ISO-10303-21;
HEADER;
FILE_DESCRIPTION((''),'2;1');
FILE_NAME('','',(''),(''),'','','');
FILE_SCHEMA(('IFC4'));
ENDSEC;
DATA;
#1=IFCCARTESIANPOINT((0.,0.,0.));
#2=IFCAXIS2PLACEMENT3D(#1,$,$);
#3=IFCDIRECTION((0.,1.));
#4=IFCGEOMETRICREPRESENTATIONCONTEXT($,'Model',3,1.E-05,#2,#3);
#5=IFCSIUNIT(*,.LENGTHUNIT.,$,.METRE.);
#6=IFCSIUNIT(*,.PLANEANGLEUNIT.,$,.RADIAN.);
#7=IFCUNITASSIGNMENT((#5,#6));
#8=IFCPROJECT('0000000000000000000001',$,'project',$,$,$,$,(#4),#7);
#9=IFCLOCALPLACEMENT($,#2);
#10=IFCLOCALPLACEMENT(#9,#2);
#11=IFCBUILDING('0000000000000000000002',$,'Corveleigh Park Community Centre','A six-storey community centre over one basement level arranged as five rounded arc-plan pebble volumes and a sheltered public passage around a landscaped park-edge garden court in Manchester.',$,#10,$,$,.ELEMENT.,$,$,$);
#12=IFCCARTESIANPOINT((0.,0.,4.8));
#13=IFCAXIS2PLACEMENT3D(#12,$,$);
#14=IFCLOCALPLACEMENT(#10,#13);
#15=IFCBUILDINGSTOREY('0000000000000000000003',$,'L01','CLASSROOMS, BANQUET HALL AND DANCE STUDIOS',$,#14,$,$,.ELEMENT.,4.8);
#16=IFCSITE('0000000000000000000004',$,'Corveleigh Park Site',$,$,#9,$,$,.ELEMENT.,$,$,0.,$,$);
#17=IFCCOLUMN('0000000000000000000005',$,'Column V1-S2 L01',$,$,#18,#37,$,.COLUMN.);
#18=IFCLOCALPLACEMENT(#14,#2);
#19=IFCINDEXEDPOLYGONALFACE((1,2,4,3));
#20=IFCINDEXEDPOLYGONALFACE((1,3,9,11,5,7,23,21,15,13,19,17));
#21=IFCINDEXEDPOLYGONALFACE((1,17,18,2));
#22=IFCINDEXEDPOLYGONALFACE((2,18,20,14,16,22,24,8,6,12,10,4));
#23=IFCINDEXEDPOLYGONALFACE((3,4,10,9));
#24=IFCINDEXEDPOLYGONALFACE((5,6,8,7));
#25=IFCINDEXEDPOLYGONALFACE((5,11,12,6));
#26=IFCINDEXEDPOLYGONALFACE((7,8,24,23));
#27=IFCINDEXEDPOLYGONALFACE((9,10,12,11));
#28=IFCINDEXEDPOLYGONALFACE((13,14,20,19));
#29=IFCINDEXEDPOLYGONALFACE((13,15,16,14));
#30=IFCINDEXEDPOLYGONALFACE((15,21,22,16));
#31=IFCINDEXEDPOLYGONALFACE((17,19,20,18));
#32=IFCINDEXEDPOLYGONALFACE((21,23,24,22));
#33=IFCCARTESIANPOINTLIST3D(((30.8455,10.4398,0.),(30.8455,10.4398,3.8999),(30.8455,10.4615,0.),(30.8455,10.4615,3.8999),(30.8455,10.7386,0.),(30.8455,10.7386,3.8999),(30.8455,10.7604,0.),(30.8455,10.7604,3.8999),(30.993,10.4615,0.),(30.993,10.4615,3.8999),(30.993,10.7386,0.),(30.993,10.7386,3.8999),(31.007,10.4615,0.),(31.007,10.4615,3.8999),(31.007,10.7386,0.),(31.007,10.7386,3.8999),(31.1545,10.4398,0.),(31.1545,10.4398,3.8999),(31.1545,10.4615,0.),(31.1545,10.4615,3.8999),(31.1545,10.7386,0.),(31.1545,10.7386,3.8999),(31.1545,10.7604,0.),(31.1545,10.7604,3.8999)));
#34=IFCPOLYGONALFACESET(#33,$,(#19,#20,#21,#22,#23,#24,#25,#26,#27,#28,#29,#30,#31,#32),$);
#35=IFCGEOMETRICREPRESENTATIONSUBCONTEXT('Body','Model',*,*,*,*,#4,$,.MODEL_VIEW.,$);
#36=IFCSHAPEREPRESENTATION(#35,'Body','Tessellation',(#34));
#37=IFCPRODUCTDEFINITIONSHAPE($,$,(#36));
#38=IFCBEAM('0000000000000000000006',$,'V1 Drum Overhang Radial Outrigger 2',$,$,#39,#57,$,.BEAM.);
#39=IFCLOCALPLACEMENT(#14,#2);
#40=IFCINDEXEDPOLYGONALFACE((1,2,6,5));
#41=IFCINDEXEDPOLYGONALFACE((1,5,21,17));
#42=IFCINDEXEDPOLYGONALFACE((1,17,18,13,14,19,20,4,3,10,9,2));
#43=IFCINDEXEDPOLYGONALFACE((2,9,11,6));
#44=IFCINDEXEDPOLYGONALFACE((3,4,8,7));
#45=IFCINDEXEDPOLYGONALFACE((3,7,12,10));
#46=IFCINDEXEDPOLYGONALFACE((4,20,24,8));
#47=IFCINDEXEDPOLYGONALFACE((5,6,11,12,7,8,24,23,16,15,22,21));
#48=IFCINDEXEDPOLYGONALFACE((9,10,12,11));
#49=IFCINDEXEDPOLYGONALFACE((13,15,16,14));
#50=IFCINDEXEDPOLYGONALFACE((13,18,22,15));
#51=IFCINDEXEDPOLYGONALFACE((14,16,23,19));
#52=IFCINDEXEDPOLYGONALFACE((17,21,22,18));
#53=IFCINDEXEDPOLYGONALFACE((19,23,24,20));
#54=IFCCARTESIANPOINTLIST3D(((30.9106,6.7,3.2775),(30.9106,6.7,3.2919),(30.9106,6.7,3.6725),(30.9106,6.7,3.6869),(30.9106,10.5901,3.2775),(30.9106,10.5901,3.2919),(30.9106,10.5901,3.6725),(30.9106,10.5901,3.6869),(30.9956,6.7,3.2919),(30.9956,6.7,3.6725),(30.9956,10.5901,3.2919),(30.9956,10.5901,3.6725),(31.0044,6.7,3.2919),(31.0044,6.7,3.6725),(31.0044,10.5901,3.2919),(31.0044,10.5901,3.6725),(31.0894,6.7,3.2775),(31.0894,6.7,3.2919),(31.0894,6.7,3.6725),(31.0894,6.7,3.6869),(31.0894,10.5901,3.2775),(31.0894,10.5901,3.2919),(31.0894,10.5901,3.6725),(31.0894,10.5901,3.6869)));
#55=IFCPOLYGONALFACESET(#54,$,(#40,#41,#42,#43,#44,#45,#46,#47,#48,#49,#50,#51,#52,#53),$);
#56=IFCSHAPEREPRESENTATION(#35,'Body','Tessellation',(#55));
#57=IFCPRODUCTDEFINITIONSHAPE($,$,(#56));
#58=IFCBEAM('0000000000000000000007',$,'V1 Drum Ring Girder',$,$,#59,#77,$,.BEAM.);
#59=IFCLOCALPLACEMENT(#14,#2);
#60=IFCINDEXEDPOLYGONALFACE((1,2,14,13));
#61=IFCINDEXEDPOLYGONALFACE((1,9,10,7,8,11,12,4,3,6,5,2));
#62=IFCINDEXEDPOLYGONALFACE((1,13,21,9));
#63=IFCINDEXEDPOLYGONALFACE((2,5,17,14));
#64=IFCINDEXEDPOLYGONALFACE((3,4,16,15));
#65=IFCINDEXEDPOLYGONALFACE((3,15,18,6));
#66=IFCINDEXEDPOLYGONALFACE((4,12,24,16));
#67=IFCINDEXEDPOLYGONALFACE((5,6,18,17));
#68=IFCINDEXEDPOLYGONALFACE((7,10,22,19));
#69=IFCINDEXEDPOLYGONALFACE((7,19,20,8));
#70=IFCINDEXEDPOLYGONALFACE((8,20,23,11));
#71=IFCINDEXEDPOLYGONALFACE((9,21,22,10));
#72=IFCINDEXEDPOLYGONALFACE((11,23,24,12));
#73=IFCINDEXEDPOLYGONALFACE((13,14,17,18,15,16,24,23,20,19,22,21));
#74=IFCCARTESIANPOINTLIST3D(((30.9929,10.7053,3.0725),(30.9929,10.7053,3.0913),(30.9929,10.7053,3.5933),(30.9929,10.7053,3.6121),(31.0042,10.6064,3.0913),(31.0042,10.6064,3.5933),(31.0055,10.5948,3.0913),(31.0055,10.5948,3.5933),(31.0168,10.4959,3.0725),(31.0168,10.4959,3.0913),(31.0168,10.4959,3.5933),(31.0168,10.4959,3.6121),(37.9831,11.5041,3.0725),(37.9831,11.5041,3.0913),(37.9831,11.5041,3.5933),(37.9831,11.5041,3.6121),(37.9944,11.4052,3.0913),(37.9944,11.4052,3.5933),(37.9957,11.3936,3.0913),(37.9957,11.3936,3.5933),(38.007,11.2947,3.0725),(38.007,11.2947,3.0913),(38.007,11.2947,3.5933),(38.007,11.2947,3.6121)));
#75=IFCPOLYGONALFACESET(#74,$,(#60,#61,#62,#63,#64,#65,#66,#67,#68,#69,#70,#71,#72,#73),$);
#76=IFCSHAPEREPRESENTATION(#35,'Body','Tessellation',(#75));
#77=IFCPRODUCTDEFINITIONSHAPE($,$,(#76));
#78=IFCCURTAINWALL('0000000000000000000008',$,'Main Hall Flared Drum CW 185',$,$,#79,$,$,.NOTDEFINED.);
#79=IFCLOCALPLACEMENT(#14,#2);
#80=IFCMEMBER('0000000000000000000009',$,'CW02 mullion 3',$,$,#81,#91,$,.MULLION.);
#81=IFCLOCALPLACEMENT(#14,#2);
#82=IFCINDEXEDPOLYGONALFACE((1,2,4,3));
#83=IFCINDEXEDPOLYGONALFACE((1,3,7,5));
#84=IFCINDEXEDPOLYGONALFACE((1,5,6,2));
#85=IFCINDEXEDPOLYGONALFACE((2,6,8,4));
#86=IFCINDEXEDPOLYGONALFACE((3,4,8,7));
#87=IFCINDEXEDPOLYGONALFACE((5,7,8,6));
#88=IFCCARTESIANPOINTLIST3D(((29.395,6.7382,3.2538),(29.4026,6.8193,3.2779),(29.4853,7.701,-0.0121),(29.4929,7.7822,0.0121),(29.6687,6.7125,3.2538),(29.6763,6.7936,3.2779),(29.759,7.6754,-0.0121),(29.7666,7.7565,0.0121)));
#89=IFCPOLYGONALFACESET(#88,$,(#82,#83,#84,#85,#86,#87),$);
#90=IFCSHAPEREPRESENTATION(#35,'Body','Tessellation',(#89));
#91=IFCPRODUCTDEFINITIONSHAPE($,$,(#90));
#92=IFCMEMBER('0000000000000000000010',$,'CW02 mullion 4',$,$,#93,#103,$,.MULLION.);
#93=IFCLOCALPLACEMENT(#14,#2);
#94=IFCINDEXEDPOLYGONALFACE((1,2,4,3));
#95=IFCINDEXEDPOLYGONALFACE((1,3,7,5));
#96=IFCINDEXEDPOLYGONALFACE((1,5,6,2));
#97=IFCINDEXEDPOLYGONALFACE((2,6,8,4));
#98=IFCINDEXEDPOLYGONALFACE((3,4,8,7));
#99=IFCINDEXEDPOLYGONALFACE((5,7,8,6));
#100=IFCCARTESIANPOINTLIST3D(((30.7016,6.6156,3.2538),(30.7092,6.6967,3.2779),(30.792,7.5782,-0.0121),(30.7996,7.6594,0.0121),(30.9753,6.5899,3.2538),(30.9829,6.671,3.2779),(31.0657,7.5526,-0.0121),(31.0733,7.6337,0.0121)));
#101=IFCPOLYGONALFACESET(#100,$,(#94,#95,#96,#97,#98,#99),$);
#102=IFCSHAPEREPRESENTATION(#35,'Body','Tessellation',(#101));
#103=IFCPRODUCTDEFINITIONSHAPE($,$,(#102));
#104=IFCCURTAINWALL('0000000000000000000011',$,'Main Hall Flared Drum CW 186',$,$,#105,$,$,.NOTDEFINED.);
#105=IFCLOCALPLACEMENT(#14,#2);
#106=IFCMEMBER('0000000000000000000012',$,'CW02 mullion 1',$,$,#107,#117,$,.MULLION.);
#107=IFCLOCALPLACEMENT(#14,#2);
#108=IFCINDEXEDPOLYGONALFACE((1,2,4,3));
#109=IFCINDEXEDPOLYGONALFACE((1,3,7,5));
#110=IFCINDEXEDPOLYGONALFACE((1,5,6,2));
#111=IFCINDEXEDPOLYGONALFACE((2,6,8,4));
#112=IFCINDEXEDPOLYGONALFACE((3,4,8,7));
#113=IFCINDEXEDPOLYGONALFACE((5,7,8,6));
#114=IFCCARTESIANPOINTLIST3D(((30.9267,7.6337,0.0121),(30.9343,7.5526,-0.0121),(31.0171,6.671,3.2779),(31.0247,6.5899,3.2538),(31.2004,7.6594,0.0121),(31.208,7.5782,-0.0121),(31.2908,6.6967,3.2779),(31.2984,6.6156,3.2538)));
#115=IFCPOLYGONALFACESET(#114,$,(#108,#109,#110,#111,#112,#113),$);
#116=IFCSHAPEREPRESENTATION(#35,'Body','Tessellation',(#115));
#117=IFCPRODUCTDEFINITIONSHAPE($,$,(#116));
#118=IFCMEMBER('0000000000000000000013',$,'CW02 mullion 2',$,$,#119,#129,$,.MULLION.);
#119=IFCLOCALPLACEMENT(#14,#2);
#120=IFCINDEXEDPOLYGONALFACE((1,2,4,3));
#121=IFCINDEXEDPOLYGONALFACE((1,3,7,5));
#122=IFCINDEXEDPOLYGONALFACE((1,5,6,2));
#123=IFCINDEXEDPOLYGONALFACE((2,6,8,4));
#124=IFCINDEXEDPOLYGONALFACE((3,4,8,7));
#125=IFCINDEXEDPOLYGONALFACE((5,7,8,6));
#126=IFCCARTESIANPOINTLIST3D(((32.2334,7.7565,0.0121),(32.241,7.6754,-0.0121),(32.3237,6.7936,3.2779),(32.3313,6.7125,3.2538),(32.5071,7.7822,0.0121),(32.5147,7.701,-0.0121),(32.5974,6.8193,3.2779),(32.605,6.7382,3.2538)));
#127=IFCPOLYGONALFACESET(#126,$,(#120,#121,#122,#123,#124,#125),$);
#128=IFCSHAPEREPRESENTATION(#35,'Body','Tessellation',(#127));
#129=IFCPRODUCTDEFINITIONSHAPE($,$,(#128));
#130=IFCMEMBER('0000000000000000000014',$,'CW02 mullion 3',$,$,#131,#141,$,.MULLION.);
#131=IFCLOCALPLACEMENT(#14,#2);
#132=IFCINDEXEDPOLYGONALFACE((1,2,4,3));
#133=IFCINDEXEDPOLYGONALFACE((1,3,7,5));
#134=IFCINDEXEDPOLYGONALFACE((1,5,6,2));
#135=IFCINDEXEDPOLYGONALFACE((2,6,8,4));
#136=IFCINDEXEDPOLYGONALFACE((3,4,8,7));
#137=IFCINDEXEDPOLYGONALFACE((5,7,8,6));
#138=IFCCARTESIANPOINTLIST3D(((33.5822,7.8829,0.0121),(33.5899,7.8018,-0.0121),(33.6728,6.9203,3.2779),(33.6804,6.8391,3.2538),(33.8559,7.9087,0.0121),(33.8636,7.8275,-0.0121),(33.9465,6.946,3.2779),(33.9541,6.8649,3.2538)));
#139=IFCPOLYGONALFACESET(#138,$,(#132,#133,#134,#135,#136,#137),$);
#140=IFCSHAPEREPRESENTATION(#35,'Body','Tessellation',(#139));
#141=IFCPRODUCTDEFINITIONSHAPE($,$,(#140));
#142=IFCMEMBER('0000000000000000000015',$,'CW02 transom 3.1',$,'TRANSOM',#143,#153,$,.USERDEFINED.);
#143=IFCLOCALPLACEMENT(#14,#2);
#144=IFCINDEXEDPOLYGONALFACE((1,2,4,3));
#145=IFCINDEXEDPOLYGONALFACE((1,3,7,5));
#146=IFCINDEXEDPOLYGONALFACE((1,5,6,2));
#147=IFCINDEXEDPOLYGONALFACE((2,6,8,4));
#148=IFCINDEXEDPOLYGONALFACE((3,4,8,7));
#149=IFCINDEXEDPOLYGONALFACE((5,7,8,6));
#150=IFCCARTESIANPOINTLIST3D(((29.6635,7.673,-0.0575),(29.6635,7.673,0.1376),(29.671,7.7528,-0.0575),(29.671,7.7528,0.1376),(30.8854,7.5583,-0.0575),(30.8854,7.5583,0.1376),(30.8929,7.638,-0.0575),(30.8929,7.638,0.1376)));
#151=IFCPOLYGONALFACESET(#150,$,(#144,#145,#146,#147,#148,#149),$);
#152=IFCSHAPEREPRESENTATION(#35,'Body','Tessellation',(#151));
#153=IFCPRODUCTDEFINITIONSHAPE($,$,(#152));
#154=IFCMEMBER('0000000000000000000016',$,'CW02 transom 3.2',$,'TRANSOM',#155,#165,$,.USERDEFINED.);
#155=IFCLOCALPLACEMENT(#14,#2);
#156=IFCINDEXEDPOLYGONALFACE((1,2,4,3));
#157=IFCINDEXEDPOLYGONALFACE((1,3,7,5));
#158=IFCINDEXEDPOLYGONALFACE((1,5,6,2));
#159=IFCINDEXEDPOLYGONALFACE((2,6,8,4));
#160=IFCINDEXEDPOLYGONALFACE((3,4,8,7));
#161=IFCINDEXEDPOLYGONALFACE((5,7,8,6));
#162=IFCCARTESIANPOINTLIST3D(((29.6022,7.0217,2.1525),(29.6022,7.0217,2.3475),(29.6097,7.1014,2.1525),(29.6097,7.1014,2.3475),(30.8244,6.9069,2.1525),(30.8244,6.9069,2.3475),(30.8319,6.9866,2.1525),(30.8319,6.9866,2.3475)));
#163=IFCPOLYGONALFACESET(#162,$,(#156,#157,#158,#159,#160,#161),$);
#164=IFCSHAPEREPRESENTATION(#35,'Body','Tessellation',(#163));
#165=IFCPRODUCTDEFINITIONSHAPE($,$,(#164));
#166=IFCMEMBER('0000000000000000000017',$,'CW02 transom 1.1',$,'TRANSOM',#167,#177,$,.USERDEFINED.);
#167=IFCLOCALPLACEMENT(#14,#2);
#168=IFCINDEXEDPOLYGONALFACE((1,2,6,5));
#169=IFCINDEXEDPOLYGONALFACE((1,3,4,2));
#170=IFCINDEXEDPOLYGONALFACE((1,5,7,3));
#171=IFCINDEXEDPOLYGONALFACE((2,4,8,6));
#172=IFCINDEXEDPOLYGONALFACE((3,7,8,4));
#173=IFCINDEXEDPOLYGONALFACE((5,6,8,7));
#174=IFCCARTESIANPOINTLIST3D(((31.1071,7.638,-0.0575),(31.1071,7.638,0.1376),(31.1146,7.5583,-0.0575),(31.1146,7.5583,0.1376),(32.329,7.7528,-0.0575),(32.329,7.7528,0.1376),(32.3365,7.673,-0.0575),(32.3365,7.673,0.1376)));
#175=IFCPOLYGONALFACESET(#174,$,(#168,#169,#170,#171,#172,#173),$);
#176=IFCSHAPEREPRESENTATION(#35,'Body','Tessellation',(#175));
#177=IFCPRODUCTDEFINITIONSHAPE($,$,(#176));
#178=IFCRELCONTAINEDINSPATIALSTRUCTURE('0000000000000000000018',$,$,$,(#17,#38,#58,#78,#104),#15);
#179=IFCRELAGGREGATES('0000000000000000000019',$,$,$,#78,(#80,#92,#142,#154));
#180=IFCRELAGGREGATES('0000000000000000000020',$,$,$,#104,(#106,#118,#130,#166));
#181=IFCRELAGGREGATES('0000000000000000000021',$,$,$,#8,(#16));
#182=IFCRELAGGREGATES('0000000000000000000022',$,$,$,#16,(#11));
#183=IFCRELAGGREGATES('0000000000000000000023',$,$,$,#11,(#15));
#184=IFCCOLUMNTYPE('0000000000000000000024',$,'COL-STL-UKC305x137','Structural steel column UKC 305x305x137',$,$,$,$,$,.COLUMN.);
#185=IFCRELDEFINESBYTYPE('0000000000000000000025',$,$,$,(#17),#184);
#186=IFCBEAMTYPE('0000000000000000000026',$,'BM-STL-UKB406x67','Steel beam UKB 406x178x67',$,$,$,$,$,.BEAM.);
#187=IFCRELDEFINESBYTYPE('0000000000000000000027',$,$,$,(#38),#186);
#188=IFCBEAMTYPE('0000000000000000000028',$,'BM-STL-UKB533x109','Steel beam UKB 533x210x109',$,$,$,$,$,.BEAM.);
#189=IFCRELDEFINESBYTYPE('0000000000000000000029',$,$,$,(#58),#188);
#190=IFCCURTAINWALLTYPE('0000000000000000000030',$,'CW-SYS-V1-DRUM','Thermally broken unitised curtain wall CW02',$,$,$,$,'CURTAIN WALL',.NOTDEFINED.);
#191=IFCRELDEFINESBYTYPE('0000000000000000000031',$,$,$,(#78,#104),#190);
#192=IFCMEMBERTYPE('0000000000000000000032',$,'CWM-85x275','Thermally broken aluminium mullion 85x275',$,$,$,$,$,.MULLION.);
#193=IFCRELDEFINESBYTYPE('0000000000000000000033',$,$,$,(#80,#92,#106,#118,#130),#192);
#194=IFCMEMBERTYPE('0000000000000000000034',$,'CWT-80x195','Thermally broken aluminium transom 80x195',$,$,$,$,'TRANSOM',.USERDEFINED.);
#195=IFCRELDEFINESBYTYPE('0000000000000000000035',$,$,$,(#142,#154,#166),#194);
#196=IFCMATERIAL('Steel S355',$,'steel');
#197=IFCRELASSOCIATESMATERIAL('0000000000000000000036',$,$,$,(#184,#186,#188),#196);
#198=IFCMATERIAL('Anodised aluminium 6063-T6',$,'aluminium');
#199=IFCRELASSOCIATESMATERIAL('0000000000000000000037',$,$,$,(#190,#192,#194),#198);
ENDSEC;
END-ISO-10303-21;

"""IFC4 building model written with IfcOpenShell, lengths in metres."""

from ifc_helpers import new_model, si_unit, direction, frame, origin, origin_2d, place, context, subcontext, project, spatial, rectangle, i_section, extrude, material, material_profile, profile_set, type_object, element, aggregate, save


model = new_model("IFC4")

# Units and contexts
model_context = context("Model", 3, precision=1e-05, world=origin(), true_north=direction((0.0, 1.0)))
body_context = subcontext(model_context, "Body", "Model", "MODEL_VIEW")
ifc_project = project(units=[si_unit("LENGTHUNIT", "METRE"), si_unit("PLANEANGLEUNIT", "RADIAN")], contexts=[model_context])

# Site, building, storey
site_placement = place(None, origin())
site = spatial("IfcSite", under=ifc_project, at=site_placement, Name="Corveleigh Park Site", CompositionType="ELEMENT", RefElevation=0.0)
building_placement = place(site_placement, origin())
building = spatial("IfcBuilding", under=site, at=building_placement, Name="Corveleigh Park Community Centre", Description="A six-storey community centre over one basement level arranged as five rounded arc-plan pebble volumes and a sheltered public passage around a landscaped park-edge garden court in Manchester.", CompositionType="ELEMENT")
storey_placement = place(building_placement, frame((0.0, 0.0, 4.8)))
storey = spatial("IfcBuildingStorey", under=building, at=storey_placement, Name="L01", Description="CLASSROOMS, BANQUET HALL AND DANCE STUDIOS", CompositionType="ELEMENT", Elevation=4.8)

# Column
ifc_material_1 = material(Name="Steel S355", Category="steel")
ifc_material_profile_1 = material_profile(ifc_material_1, i_section(OverallWidth=0.3091, OverallDepth=0.3206, WebThickness=0.0139, FlangeThickness=0.0217, at=origin_2d()), Name="UKC 305x305x137", Category="steel")
ifc_profile_set_1 = profile_set([ifc_material_profile_1], Name="Steel S355")
column_type = type_object("IfcColumnType", Name="COL-STL-UKC305x137", Description="Structural steel column UKC 305x305x137", PredefinedType="COLUMN", material=ifc_profile_set_1)
column_placement = place(storey_placement, frame((31.0, 10.6001, 0.0), z_axis=(0.0, 0.0, 1.0), x_axis=(1.0, 0.0, 0.0)))
element("IfcColumn", 1, at=column_placement, inside=storey, type_object=column_type, Name="Column V1-S2 L01", PredefinedType="COLUMN", context=body_context, shape_type="SweptSolid", body=[
    extrude(i_section(OverallWidth=0.3091, OverallDepth=0.3206, WebThickness=0.0139, FlangeThickness=0.0217, at=origin_2d()), origin(), (0.0, 0.0, 1.0), 3.8999),
])

# Beams
ifc_material_profile_2 = material_profile(ifc_material_1, i_section(OverallWidth=0.1787, OverallDepth=0.4094, WebThickness=0.0088, FlangeThickness=0.0144, at=origin_2d()), Name="UKB 406x178x67", Category="steel")
ifc_profile_set_2 = profile_set([ifc_material_profile_2], Name="Steel S355")
beam_type_1 = type_object("IfcBeamType", Name="BM-STL-UKB406x67", Description="Steel beam UKB 406x178x67", PredefinedType="BEAM", material=ifc_profile_set_2)
beam_1_placement = place(storey_placement, frame((31.0, 10.5901, 3.4822), z_axis=(0.0, -1.0, 0.0), x_axis=(1.0, 0.0, 0.0)))
element("IfcBeam", 2, at=beam_1_placement, inside=storey, type_object=beam_type_1, Name="V1 Drum Overhang Radial Outrigger 2", PredefinedType="BEAM", context=body_context, shape_type="SweptSolid", body=[
    extrude(i_section(OverallWidth=0.1787, OverallDepth=0.4094, WebThickness=0.0088, FlangeThickness=0.0144, at=origin_2d()), origin(), (0.0, 0.0, 1.0), 3.8901),
])
ifc_material_profile_3 = material_profile(ifc_material_1, i_section(OverallWidth=0.2107, OverallDepth=0.5396, WebThickness=0.0117, FlangeThickness=0.0188, at=origin_2d()), Name="UKB 533x210x109", Category="steel")
ifc_profile_set_3 = profile_set([ifc_material_profile_3], Name="Steel S355")
beam_type_2 = type_object("IfcBeamType", Name="BM-STL-UKB533x109", Description="Steel beam UKB 533x210x109", PredefinedType="BEAM", material=ifc_profile_set_3)
beam_2_placement = place(storey_placement, frame((31.0049, 10.6006, 3.3423), z_axis=(0.993534, 0.113539, 0.0), x_axis=(-0.113539, 0.993534, 0.0)))
element("IfcBeam", 3, at=beam_2_placement, inside=storey, type_object=beam_type_2, Name="V1 Drum Ring Girder", PredefinedType="BEAM", context=body_context, shape_type="SweptSolid", body=[
    extrude(i_section(OverallWidth=0.2107, OverallDepth=0.5396, WebThickness=0.0117, FlangeThickness=0.0188, at=origin_2d()), origin(), (0.0, 0.0, 1.0), 7.0356),
])

# Curtain walls, members
ifc_material_2 = material(Name="Anodised aluminium 6063-T6", Category="aluminium")
curtain_wall_type = type_object("IfcCurtainWallType", Name="CW-SYS-V1-DRUM", Description="Thermally broken unitised curtain wall CW02", ElementType="CURTAIN WALL", PredefinedType="NOTDEFINED", material=ifc_material_2)
curtain_wall_1_placement = place(storey_placement, origin())
curtain_wall_1 = element("IfcCurtainWall", 4, at=curtain_wall_1_placement, inside=storey, type_object=curtain_wall_type, Name="Main Hall Flared Drum CW 185", PredefinedType="NOTDEFINED")
ifc_material_profile_4 = material_profile(ifc_material_2, rectangle(XDim=0.085, YDim=0.2749, at=origin_2d()), Name="ALU-M85x275", Category="aluminium")
ifc_profile_set_4 = profile_set([ifc_material_profile_4], Name="Anodised aluminium 6063-T6")
member_type_1 = type_object("IfcMemberType", Name="CWM-85x275", Description="Thermally broken aluminium mullion 85x275", PredefinedType="MULLION", material=ifc_profile_set_4)
member_1_placement = place(storey_placement, frame((29.626, 7.7288, 0.0), z_axis=(-0.026521, -0.2827, 0.958842), x_axis=(0.089559, 0.95465, 0.283941)))
member_1 = element("IfcMember", 5, at=member_1_placement, type_object=member_type_1, Name="CW02 mullion 3", PredefinedType="MULLION", context=body_context, shape_type="SweptSolid", body=[
    extrude(rectangle(XDim=0.085, YDim=0.2749, at=origin_2d()), origin(), (0.0, 0.0, 1.0), 3.406),
])
member_2_placement = place(storey_placement, frame((30.9326, 7.606, 0.0), z_axis=(-0.026522, -0.282634, 0.958861), x_axis=(0.089583, 0.954667, 0.283875)))
member_2 = element("IfcMember", 6, at=member_2_placement, type_object=member_type_1, Name="CW02 mullion 4", PredefinedType="MULLION", context=body_context, shape_type="SweptSolid", body=[
    extrude(rectangle(XDim=0.085, YDim=0.2749, at=origin_2d()), origin(), (0.0, 0.0, 1.0), 3.406),
])
curtain_wall_2_placement = place(storey_placement, origin())
curtain_wall_2 = element("IfcCurtainWall", 7, at=curtain_wall_2_placement, inside=storey, type_object=curtain_wall_type, Name="Main Hall Flared Drum CW 186", PredefinedType="NOTDEFINED")
member_3_placement = place(storey_placement, frame((31.0674, 7.606, 0.0), z_axis=(0.026522, -0.282634, 0.958861), x_axis=(-0.089583, 0.954667, 0.283875)))
member_3 = element("IfcMember", 8, at=member_3_placement, type_object=member_type_1, Name="CW02 mullion 1", PredefinedType="MULLION", context=body_context, shape_type="SweptSolid", body=[
    extrude(rectangle(XDim=0.085, YDim=0.2749, at=origin_2d()), origin(), (0.0, 0.0, 1.0), 3.406),
])
member_4_placement = place(storey_placement, frame((32.374, 7.7288, 0.0), z_axis=(0.026521, -0.2827, 0.958842), x_axis=(-0.089559, 0.95465, 0.283941)))
member_4 = element("IfcMember", 9, at=member_4_placement, type_object=member_type_1, Name="CW02 mullion 2", PredefinedType="MULLION", context=body_context, shape_type="SweptSolid", body=[
    extrude(rectangle(XDim=0.085, YDim=0.2749, at=origin_2d()), origin(), (0.0, 0.0, 1.0), 3.406),
])
member_5_placement = place(storey_placement, frame((33.7229, 7.8552, 0.0), z_axis=(0.026593, -0.282633, 0.958859), x_axis=(-0.089823, 0.954643, 0.283881)))
member_5 = element("IfcMember", 10, at=member_5_placement, type_object=member_type_1, Name="CW02 mullion 3", PredefinedType="MULLION", context=body_context, shape_type="SweptSolid", body=[
    extrude(rectangle(XDim=0.085, YDim=0.2749, at=origin_2d()), origin(), (0.0, 0.0, 1.0), 3.406),
])

# Members
ifc_material_profile_5 = material_profile(ifc_material_2, rectangle(XDim=0.0801, YDim=0.1951, at=origin_2d()), Name="ALU-T80x195", Category="aluminium")
ifc_profile_set_5 = profile_set([ifc_material_profile_5], Name="Anodised aluminium 6063-T6")
member_type_2 = type_object("IfcMemberType", Name="CWT-80x195", Description="Thermally broken aluminium transom 80x195", ElementType="TRANSOM", PredefinedType="USERDEFINED", material=ifc_profile_set_5)
member_6_placement = place(storey_placement, frame((29.6672, 7.7129, 0.04), z_axis=(0.99562, -0.093495, 0.0), x_axis=(0.093495, 0.99562, 0.0)))
member_6 = element("IfcMember", 11, at=member_6_placement, type_object=member_type_2, Name="CW02 transom 3.1", ObjectType="TRANSOM", PredefinedType="USERDEFINED", context=body_context, shape_type="SweptSolid", body=[
    extrude(rectangle(XDim=0.0801, YDim=0.1951, at=origin_2d()), origin(), (0.0, 0.0, 1.0), 1.2273),
])
member_7_placement = place(storey_placement, frame((29.606, 7.0615, 2.25), z_axis=(0.995622, -0.093476, 0.0), x_axis=(0.093476, 0.995622, 0.0)))
member_7 = element("IfcMember", 12, at=member_7_placement, type_object=member_type_2, Name="CW02 transom 3.2", ObjectType="TRANSOM", PredefinedType="USERDEFINED", context=body_context, shape_type="SweptSolid", body=[
    extrude(rectangle(XDim=0.0801, YDim=0.1951, at=origin_2d()), origin(), (0.0, 0.0, 1.0), 1.2275),
])
member_8_placement = place(storey_placement, frame((31.1108, 7.5981, 0.04), z_axis=(0.99562, 0.093495, 0.0), x_axis=(-0.093495, 0.99562, 0.0)))
member_8 = element("IfcMember", 13, at=member_8_placement, type_object=member_type_2, Name="CW02 transom 1.1", ObjectType="TRANSOM", PredefinedType="USERDEFINED", context=body_context, shape_type="SweptSolid", body=[
    extrude(rectangle(XDim=0.0801, YDim=0.1951, at=origin_2d()), origin(), (0.0, 0.0, 1.0), 1.2273),
])

aggregate(curtain_wall_1, [member_1, member_2, member_6, member_7])
aggregate(curtain_wall_2, [member_3, member_4, member_5, member_8])

save(model, "model.ifc")
